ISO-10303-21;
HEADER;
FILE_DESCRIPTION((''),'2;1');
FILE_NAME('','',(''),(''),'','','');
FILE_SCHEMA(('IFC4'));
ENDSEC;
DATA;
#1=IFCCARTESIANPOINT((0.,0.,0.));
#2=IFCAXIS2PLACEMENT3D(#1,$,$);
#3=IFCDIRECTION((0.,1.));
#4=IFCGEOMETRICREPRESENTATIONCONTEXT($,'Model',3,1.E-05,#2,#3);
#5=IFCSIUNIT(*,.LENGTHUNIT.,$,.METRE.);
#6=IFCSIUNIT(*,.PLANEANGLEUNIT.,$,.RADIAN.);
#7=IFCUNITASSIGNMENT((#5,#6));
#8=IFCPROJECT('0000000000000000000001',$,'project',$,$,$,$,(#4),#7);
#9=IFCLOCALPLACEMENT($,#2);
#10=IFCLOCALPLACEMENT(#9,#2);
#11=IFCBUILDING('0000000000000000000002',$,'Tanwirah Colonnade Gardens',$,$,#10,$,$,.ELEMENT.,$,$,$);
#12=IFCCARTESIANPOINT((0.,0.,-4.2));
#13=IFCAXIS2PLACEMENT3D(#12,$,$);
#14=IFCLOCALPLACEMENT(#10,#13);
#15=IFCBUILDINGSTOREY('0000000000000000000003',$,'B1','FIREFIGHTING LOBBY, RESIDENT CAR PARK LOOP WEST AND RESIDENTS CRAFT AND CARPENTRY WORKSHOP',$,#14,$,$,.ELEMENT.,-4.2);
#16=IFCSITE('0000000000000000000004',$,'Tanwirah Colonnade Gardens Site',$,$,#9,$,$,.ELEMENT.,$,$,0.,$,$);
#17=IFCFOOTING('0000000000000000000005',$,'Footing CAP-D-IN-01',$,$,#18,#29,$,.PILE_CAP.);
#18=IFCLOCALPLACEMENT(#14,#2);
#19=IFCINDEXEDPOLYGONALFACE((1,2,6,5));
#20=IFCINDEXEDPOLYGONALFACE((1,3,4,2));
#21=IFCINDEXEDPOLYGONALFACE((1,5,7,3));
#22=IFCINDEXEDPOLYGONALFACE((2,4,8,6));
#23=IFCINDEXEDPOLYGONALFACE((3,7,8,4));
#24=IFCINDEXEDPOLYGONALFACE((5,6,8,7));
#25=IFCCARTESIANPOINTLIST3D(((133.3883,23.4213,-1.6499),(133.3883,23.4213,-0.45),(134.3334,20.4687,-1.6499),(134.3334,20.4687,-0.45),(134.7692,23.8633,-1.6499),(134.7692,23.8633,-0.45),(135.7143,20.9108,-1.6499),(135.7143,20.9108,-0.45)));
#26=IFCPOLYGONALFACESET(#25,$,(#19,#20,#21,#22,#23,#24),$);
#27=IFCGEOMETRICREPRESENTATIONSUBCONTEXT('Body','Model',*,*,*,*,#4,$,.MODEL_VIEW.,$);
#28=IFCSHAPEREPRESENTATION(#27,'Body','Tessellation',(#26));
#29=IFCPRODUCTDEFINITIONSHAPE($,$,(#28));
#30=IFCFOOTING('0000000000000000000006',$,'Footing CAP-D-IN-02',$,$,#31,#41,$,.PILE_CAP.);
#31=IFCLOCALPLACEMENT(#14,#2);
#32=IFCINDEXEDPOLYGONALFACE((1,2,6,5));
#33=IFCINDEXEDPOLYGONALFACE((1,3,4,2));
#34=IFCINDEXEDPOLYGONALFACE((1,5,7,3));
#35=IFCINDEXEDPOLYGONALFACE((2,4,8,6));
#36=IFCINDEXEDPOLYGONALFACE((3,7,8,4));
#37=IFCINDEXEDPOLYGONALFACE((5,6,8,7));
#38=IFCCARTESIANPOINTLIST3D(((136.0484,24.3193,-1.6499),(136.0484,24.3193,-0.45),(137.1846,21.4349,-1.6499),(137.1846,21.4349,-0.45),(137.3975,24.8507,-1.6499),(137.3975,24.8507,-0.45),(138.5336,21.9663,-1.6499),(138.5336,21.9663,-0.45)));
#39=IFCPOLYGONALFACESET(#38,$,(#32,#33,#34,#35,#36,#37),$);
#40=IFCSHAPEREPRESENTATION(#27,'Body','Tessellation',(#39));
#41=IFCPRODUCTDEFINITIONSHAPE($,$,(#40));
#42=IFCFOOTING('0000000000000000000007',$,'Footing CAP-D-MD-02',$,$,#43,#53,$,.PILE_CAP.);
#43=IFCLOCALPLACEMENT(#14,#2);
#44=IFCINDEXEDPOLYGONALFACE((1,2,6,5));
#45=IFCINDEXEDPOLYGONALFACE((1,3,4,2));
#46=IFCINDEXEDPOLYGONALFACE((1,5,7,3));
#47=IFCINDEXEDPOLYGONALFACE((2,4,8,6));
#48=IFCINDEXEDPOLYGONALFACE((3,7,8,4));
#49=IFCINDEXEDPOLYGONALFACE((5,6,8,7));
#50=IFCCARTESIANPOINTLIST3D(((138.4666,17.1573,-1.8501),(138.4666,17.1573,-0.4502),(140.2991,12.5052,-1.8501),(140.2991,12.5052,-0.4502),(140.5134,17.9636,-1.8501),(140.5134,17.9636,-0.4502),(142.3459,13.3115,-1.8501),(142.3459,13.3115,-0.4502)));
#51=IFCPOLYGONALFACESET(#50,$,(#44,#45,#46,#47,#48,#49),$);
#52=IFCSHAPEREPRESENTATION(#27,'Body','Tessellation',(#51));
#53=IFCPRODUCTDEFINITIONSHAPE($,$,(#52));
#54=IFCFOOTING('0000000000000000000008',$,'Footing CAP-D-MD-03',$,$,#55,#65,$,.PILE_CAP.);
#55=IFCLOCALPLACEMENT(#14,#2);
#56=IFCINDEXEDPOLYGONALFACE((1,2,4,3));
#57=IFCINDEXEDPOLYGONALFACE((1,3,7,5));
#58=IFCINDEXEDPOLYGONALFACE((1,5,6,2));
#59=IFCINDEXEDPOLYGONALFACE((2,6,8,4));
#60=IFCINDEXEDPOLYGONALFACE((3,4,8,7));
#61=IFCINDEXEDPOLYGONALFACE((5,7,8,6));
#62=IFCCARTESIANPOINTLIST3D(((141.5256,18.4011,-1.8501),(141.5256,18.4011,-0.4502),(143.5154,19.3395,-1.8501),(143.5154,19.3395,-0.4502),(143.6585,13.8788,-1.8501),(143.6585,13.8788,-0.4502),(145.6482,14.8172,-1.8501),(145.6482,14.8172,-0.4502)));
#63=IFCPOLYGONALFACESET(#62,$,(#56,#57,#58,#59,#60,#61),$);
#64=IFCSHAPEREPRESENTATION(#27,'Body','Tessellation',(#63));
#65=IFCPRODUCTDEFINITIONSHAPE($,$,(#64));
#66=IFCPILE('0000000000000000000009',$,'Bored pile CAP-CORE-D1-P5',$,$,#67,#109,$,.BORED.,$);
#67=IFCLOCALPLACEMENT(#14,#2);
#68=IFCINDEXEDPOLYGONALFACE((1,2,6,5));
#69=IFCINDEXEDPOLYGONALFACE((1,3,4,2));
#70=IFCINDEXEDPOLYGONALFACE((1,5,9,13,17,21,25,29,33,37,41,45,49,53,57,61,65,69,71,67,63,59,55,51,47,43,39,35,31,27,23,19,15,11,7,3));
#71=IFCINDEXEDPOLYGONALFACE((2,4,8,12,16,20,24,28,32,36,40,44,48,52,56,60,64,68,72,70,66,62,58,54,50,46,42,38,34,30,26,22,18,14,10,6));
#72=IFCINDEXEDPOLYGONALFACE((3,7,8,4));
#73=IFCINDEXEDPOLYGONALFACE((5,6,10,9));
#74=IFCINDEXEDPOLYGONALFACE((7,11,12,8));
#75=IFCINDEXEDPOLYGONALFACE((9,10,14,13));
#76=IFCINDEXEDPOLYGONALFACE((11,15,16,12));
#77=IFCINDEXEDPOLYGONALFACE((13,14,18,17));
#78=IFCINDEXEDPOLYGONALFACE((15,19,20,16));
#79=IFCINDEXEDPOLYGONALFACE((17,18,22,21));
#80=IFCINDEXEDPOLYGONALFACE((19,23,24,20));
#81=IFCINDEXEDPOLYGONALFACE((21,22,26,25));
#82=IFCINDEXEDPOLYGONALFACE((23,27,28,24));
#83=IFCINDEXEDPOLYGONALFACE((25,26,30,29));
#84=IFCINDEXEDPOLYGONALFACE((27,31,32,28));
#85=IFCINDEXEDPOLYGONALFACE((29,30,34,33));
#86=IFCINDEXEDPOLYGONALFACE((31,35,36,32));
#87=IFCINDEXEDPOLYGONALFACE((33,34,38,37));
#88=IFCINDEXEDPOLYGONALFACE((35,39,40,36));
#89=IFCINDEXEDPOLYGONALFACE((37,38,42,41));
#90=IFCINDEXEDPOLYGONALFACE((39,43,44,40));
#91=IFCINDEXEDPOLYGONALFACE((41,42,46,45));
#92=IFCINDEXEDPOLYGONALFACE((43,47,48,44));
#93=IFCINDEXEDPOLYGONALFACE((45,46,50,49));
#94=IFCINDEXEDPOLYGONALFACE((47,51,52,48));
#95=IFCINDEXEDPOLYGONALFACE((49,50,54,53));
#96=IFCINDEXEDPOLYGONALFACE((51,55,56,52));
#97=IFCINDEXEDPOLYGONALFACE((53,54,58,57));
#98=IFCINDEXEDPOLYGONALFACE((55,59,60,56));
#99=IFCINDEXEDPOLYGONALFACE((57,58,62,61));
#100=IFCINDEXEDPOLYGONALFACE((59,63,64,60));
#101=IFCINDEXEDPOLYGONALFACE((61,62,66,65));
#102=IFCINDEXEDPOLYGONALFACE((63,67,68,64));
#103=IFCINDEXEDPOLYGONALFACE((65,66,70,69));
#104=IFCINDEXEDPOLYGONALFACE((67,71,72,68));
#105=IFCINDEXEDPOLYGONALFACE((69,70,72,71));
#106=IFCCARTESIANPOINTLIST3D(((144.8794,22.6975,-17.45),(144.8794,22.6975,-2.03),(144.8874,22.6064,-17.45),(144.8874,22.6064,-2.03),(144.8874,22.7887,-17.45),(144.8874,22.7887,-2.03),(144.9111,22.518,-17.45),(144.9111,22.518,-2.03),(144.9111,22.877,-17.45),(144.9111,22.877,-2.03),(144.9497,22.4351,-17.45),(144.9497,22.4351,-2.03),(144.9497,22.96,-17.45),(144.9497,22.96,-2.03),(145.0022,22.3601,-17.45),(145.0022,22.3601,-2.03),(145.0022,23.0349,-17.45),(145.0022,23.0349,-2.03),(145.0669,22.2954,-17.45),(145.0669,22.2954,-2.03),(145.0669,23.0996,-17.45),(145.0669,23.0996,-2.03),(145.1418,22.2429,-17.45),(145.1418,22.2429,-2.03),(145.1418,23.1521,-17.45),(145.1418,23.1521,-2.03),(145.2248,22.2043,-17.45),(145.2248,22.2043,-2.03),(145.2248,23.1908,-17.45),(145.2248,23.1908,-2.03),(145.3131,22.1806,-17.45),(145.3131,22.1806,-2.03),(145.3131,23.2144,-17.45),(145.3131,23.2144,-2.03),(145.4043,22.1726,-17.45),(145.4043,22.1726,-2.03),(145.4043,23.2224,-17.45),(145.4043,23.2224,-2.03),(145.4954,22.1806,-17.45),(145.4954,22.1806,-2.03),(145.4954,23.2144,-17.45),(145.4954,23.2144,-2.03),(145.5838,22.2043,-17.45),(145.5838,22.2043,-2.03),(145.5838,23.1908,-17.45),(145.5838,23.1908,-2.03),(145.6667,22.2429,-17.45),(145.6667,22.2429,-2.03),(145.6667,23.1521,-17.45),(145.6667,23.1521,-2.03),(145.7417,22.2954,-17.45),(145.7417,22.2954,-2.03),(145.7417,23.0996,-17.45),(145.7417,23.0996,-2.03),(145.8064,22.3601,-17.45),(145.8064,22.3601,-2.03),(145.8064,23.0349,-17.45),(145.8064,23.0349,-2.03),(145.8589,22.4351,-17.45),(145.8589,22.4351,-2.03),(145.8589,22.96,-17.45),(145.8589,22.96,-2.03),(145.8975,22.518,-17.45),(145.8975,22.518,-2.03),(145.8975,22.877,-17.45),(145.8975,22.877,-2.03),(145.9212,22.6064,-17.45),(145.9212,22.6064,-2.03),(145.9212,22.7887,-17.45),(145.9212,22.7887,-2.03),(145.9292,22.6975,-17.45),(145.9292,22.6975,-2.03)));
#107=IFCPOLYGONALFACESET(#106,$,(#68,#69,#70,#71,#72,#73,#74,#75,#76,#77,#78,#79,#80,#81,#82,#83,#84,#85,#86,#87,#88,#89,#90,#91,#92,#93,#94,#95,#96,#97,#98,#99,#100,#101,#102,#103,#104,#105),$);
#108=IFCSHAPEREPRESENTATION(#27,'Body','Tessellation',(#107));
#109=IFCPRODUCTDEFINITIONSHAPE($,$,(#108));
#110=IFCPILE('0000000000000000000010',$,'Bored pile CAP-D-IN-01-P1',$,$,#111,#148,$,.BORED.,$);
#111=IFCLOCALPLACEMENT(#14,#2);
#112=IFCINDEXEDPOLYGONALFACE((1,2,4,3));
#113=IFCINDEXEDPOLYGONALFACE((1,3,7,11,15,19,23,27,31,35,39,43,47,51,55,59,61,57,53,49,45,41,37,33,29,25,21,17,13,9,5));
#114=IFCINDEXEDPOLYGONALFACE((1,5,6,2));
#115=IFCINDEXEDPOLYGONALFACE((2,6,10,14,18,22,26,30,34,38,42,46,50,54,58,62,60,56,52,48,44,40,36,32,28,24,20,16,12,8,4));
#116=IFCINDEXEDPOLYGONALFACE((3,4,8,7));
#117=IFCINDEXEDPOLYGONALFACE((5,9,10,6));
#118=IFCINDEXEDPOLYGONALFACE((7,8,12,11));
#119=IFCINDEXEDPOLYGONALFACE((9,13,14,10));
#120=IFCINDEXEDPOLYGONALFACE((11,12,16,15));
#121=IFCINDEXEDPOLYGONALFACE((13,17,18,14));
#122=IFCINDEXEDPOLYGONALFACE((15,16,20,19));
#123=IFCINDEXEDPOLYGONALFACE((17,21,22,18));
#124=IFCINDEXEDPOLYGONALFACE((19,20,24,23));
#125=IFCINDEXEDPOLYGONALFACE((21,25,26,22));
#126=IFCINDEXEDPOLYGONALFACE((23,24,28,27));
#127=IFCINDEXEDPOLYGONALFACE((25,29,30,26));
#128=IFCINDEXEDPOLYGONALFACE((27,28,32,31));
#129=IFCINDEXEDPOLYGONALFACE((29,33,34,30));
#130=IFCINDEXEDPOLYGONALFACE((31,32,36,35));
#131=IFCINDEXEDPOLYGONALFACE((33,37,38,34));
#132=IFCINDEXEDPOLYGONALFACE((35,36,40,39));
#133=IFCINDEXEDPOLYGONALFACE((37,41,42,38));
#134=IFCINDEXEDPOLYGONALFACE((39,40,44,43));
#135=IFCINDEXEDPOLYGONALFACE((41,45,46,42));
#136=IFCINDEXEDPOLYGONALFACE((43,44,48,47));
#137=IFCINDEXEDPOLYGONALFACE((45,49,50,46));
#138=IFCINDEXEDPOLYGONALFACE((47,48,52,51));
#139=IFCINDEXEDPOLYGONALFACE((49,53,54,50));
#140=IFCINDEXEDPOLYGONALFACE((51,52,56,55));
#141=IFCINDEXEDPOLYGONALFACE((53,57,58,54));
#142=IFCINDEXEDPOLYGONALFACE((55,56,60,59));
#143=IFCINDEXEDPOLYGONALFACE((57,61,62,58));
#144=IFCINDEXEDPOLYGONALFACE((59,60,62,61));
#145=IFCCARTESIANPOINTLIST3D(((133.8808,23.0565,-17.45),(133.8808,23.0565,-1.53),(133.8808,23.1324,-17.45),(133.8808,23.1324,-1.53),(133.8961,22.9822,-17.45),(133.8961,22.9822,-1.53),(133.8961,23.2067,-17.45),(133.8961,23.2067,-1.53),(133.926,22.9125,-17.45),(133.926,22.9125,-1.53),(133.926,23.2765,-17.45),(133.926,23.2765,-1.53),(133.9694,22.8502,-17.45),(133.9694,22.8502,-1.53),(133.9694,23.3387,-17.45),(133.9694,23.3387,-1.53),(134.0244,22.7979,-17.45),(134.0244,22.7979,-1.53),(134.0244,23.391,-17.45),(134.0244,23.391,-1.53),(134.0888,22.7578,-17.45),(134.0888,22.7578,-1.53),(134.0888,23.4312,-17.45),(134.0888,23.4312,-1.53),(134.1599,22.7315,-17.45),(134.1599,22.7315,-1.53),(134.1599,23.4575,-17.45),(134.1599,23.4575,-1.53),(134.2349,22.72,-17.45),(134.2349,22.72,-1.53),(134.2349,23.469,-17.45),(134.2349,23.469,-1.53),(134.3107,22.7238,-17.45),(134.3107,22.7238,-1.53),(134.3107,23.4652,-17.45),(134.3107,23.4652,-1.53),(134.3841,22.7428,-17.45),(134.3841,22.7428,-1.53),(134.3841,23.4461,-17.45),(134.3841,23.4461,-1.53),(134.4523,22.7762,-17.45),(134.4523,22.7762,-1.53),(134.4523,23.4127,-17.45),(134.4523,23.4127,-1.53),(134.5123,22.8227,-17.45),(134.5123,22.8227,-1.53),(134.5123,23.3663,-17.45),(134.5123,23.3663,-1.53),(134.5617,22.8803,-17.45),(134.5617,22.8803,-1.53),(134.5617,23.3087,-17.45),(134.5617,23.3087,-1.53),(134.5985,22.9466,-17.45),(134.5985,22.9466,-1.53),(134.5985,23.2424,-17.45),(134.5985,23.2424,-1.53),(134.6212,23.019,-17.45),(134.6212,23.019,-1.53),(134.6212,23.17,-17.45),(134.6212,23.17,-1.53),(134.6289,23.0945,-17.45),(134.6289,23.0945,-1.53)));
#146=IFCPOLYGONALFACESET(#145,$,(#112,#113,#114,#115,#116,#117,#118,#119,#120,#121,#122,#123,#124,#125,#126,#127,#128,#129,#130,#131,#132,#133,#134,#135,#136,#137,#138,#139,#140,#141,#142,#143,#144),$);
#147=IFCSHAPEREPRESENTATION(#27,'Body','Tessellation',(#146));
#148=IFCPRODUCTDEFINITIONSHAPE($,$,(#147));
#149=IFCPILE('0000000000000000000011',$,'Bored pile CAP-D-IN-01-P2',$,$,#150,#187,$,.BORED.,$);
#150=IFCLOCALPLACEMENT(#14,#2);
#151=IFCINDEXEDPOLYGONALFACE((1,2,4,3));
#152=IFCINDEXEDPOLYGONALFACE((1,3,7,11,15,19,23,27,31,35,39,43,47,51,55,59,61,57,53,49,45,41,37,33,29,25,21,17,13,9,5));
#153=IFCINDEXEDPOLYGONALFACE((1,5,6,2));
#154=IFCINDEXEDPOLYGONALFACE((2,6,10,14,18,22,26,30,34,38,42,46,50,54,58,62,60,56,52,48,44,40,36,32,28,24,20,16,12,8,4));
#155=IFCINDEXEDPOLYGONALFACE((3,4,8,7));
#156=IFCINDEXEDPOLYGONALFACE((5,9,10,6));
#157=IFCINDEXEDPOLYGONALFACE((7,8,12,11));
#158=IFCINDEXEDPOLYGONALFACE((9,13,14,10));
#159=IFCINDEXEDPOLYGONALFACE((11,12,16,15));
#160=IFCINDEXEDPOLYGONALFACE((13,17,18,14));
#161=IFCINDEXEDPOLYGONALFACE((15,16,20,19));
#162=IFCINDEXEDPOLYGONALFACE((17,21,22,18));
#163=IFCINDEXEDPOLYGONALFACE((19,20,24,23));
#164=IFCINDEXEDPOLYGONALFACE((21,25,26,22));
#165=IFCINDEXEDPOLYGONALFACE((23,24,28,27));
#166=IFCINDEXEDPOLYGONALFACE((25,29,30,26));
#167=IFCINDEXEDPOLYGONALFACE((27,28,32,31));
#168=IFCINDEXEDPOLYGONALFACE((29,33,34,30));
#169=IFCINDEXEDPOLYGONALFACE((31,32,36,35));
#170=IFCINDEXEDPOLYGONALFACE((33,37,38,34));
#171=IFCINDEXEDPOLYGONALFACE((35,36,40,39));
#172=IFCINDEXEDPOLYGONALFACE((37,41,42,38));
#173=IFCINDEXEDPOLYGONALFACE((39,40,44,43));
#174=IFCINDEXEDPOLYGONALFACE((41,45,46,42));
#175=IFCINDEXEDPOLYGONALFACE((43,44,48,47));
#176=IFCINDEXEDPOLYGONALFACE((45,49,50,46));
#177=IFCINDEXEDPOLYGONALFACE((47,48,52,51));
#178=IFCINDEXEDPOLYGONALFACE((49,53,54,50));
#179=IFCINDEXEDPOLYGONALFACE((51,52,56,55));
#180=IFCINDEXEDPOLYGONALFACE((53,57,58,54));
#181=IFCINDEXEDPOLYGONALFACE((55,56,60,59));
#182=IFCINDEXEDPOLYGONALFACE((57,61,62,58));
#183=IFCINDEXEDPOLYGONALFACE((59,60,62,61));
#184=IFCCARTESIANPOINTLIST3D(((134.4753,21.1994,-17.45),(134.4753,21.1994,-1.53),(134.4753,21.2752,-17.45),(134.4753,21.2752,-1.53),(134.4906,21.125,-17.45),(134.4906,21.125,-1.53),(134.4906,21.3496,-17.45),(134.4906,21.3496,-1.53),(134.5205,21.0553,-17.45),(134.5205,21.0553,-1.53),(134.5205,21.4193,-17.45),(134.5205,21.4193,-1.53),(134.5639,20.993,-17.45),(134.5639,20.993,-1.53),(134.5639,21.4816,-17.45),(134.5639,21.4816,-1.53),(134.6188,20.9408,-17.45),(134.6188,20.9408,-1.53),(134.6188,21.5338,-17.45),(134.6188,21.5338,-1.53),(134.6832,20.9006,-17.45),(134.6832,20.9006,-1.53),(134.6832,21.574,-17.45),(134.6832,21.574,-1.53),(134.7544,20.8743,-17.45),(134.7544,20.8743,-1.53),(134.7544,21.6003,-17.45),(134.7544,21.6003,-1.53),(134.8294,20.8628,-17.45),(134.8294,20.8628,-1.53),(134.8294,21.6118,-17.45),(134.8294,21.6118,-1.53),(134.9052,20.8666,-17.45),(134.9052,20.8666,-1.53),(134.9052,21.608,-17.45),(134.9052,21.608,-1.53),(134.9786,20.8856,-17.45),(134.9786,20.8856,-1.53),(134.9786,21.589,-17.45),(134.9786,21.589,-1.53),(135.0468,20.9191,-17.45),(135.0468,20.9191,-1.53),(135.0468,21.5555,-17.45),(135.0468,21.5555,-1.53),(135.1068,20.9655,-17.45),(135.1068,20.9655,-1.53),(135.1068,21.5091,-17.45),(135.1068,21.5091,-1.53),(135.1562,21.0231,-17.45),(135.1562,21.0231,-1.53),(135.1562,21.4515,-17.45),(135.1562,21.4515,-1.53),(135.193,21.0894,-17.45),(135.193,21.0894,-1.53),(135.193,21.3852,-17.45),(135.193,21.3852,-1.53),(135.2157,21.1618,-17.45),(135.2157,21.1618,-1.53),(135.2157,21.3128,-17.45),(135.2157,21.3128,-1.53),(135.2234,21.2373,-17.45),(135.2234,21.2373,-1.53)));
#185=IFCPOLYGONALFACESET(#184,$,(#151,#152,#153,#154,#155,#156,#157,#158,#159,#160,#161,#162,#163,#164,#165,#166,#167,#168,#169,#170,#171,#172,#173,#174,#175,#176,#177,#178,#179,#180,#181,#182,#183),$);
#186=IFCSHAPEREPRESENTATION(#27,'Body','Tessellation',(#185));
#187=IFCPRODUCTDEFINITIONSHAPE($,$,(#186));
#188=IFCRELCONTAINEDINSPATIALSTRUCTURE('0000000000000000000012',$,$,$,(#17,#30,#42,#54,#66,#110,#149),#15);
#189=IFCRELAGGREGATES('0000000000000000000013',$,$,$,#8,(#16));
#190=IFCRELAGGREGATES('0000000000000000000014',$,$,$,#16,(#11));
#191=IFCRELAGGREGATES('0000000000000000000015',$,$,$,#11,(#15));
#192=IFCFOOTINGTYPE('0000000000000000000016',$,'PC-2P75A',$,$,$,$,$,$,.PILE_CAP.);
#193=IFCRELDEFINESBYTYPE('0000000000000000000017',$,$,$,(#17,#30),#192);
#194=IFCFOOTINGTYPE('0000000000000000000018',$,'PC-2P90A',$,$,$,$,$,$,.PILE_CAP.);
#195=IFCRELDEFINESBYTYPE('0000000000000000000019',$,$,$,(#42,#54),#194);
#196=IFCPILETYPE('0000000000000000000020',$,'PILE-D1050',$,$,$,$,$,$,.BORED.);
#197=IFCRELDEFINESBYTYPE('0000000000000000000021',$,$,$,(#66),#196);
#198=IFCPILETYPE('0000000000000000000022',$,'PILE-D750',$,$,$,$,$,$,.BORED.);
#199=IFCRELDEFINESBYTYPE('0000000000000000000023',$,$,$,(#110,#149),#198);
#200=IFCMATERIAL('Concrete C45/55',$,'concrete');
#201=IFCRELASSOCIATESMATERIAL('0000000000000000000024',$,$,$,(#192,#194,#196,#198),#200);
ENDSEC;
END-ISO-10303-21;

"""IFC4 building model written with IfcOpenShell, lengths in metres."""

from ifc_helpers import new_model, si_unit, direction, frame, origin, origin_2d, place, context, subcontext, project, spatial, rectangle, circle, extrude, material, material_profile, profile_set, type_object, element, save


model = new_model("IFC4")

# Units and contexts
model_context = context("Model", 3, precision=1e-05, world=origin(), true_north=direction((0.0, 1.0)))
body_context = subcontext(model_context, "Body", "Model", "MODEL_VIEW")
ifc_project = project(units=[si_unit("LENGTHUNIT", "METRE"), si_unit("PLANEANGLEUNIT", "RADIAN")], contexts=[model_context])

# Site, building, storey
site_placement = place(None, origin())
site = spatial("IfcSite", under=ifc_project, at=site_placement, Name="Tanwirah Colonnade Gardens Site", CompositionType="ELEMENT", RefElevation=0.0)
building_placement = place(site_placement, origin())
building = spatial("IfcBuilding", under=site, at=building_placement, Name="Tanwirah Colonnade Gardens", CompositionType="ELEMENT")
storey_placement = place(building_placement, frame((0.0, 0.0, -4.2)))
storey = spatial("IfcBuildingStorey", under=building, at=storey_placement, Name="B1", Description="FIREFIGHTING LOBBY, RESIDENT CAR PARK LOOP WEST AND RESIDENTS CRAFT AND CARPENTRY WORKSHOP", CompositionType="ELEMENT", Elevation=-4.2)

# Footings
ifc_material_1 = material(Name="Concrete C45/55", Category="concrete")
footing_type_1 = type_object("IfcFootingType", Name="PC-2P75A", PredefinedType="PILE_CAP", material=ifc_material_1)
for number, where, z_axis, x_axis, name in (
    (1, (134.5513, 22.166, -1.6499), (0.0, 0.0, 1.0), (0.304864, -0.952396, 0.0), "Footing CAP-D-IN-01"),
    (2, (137.291, 23.1428, -1.6499), (0.0, 0.0, 1.0), (0.366501, -0.930418, 0.0), "Footing CAP-D-IN-02"),
):
    element("IfcFooting", number, at=place(storey_placement, frame(where, z_axis=z_axis, x_axis=x_axis)), inside=storey, type_object=footing_type_1, Name=name, PredefinedType="PILE_CAP", context=body_context, shape_type="SweptSolid", body=[
        extrude(rectangle(XDim=3.1001, YDim=1.45, at=origin_2d()), origin(), (0.0, 0.0, 1.0), 1.2),
    ])
footing_type_2 = type_object("IfcFootingType", Name="PC-2P90A", PredefinedType="PILE_CAP", material=ifc_material_1)
for number, where, z_axis, x_axis, name in (
    (3, (140.4062, 15.2344, -1.8501), (0.0, 0.0, 1.0), (0.366501, -0.930418, 0.0), "Footing CAP-D-MD-02"),
    (4, (143.5869, 16.6091, -1.8501), (0.0, 0.0, 1.0), (0.426569, -0.904455, 0.0), "Footing CAP-D-MD-03"),
):
    element("IfcFooting", number, at=place(storey_placement, frame(where, z_axis=z_axis, x_axis=x_axis)), inside=storey, type_object=footing_type_2, Name=name, PredefinedType="PILE_CAP", context=body_context, shape_type="SweptSolid", body=[
        extrude(rectangle(XDim=5.0, YDim=2.2, at=origin_2d()), origin(), (0.0, 0.0, 1.0), 1.3999),
    ])

# Piles
ifc_material_profile_1 = material_profile(ifc_material_1, circle(Radius=0.5249, at=origin_2d()), Name="PILE D1050")
ifc_profile_set_1 = profile_set([ifc_material_profile_1], Name="Concrete C45/55")
pile_type_1 = type_object("IfcPileType", Name="PILE-D1050", PredefinedType="BORED", material=ifc_profile_set_1)
pile_placement = place(storey_placement, frame((145.4043, 22.6975, -2.03), z_axis=(0.0, 0.0, -1.0), x_axis=(1.0, 0.0, 0.0)))
element("IfcPile", 5, at=pile_placement, inside=storey, type_object=pile_type_1, Name="Bored pile CAP-CORE-D1-P5", PredefinedType="BORED", context=body_context, shape_type="SweptSolid", body=[
    extrude(circle(Radius=0.5249, at=origin_2d()), origin(), (0.0, 0.0, 1.0), 15.4199),
])
ifc_material_profile_2 = material_profile(ifc_material_1, circle(Radius=0.375, at=origin_2d()), Name="PILE D750")
ifc_profile_set_2 = profile_set([ifc_material_profile_2], Name="Concrete C45/55")
pile_type_2 = type_object("IfcPileType", Name="PILE-D750", PredefinedType="BORED", material=ifc_profile_set_2)
for number, where, z_axis, x_axis, name in (
    (6, (134.2539, 23.0945, -1.53), (0.0, 0.0, -1.0), (1.0, 0.0, 0.0), "Bored pile CAP-D-IN-01-P1"),
    (7, (134.8484, 21.2373, -1.53), (0.0, 0.0, -1.0), (1.0, 0.0, 0.0), "Bored pile CAP-D-IN-01-P2"),
):
    element("IfcPile", number, at=place(storey_placement, frame(where, z_axis=z_axis, x_axis=x_axis)), inside=storey, type_object=pile_type_2, Name=name, PredefinedType="BORED", context=body_context, shape_type="SweptSolid", body=[
        extrude(circle(Radius=0.375, at=origin_2d()), origin(), (0.0, 0.0, 1.0), 15.9199),
    ])

save(model, "model.ifc")
